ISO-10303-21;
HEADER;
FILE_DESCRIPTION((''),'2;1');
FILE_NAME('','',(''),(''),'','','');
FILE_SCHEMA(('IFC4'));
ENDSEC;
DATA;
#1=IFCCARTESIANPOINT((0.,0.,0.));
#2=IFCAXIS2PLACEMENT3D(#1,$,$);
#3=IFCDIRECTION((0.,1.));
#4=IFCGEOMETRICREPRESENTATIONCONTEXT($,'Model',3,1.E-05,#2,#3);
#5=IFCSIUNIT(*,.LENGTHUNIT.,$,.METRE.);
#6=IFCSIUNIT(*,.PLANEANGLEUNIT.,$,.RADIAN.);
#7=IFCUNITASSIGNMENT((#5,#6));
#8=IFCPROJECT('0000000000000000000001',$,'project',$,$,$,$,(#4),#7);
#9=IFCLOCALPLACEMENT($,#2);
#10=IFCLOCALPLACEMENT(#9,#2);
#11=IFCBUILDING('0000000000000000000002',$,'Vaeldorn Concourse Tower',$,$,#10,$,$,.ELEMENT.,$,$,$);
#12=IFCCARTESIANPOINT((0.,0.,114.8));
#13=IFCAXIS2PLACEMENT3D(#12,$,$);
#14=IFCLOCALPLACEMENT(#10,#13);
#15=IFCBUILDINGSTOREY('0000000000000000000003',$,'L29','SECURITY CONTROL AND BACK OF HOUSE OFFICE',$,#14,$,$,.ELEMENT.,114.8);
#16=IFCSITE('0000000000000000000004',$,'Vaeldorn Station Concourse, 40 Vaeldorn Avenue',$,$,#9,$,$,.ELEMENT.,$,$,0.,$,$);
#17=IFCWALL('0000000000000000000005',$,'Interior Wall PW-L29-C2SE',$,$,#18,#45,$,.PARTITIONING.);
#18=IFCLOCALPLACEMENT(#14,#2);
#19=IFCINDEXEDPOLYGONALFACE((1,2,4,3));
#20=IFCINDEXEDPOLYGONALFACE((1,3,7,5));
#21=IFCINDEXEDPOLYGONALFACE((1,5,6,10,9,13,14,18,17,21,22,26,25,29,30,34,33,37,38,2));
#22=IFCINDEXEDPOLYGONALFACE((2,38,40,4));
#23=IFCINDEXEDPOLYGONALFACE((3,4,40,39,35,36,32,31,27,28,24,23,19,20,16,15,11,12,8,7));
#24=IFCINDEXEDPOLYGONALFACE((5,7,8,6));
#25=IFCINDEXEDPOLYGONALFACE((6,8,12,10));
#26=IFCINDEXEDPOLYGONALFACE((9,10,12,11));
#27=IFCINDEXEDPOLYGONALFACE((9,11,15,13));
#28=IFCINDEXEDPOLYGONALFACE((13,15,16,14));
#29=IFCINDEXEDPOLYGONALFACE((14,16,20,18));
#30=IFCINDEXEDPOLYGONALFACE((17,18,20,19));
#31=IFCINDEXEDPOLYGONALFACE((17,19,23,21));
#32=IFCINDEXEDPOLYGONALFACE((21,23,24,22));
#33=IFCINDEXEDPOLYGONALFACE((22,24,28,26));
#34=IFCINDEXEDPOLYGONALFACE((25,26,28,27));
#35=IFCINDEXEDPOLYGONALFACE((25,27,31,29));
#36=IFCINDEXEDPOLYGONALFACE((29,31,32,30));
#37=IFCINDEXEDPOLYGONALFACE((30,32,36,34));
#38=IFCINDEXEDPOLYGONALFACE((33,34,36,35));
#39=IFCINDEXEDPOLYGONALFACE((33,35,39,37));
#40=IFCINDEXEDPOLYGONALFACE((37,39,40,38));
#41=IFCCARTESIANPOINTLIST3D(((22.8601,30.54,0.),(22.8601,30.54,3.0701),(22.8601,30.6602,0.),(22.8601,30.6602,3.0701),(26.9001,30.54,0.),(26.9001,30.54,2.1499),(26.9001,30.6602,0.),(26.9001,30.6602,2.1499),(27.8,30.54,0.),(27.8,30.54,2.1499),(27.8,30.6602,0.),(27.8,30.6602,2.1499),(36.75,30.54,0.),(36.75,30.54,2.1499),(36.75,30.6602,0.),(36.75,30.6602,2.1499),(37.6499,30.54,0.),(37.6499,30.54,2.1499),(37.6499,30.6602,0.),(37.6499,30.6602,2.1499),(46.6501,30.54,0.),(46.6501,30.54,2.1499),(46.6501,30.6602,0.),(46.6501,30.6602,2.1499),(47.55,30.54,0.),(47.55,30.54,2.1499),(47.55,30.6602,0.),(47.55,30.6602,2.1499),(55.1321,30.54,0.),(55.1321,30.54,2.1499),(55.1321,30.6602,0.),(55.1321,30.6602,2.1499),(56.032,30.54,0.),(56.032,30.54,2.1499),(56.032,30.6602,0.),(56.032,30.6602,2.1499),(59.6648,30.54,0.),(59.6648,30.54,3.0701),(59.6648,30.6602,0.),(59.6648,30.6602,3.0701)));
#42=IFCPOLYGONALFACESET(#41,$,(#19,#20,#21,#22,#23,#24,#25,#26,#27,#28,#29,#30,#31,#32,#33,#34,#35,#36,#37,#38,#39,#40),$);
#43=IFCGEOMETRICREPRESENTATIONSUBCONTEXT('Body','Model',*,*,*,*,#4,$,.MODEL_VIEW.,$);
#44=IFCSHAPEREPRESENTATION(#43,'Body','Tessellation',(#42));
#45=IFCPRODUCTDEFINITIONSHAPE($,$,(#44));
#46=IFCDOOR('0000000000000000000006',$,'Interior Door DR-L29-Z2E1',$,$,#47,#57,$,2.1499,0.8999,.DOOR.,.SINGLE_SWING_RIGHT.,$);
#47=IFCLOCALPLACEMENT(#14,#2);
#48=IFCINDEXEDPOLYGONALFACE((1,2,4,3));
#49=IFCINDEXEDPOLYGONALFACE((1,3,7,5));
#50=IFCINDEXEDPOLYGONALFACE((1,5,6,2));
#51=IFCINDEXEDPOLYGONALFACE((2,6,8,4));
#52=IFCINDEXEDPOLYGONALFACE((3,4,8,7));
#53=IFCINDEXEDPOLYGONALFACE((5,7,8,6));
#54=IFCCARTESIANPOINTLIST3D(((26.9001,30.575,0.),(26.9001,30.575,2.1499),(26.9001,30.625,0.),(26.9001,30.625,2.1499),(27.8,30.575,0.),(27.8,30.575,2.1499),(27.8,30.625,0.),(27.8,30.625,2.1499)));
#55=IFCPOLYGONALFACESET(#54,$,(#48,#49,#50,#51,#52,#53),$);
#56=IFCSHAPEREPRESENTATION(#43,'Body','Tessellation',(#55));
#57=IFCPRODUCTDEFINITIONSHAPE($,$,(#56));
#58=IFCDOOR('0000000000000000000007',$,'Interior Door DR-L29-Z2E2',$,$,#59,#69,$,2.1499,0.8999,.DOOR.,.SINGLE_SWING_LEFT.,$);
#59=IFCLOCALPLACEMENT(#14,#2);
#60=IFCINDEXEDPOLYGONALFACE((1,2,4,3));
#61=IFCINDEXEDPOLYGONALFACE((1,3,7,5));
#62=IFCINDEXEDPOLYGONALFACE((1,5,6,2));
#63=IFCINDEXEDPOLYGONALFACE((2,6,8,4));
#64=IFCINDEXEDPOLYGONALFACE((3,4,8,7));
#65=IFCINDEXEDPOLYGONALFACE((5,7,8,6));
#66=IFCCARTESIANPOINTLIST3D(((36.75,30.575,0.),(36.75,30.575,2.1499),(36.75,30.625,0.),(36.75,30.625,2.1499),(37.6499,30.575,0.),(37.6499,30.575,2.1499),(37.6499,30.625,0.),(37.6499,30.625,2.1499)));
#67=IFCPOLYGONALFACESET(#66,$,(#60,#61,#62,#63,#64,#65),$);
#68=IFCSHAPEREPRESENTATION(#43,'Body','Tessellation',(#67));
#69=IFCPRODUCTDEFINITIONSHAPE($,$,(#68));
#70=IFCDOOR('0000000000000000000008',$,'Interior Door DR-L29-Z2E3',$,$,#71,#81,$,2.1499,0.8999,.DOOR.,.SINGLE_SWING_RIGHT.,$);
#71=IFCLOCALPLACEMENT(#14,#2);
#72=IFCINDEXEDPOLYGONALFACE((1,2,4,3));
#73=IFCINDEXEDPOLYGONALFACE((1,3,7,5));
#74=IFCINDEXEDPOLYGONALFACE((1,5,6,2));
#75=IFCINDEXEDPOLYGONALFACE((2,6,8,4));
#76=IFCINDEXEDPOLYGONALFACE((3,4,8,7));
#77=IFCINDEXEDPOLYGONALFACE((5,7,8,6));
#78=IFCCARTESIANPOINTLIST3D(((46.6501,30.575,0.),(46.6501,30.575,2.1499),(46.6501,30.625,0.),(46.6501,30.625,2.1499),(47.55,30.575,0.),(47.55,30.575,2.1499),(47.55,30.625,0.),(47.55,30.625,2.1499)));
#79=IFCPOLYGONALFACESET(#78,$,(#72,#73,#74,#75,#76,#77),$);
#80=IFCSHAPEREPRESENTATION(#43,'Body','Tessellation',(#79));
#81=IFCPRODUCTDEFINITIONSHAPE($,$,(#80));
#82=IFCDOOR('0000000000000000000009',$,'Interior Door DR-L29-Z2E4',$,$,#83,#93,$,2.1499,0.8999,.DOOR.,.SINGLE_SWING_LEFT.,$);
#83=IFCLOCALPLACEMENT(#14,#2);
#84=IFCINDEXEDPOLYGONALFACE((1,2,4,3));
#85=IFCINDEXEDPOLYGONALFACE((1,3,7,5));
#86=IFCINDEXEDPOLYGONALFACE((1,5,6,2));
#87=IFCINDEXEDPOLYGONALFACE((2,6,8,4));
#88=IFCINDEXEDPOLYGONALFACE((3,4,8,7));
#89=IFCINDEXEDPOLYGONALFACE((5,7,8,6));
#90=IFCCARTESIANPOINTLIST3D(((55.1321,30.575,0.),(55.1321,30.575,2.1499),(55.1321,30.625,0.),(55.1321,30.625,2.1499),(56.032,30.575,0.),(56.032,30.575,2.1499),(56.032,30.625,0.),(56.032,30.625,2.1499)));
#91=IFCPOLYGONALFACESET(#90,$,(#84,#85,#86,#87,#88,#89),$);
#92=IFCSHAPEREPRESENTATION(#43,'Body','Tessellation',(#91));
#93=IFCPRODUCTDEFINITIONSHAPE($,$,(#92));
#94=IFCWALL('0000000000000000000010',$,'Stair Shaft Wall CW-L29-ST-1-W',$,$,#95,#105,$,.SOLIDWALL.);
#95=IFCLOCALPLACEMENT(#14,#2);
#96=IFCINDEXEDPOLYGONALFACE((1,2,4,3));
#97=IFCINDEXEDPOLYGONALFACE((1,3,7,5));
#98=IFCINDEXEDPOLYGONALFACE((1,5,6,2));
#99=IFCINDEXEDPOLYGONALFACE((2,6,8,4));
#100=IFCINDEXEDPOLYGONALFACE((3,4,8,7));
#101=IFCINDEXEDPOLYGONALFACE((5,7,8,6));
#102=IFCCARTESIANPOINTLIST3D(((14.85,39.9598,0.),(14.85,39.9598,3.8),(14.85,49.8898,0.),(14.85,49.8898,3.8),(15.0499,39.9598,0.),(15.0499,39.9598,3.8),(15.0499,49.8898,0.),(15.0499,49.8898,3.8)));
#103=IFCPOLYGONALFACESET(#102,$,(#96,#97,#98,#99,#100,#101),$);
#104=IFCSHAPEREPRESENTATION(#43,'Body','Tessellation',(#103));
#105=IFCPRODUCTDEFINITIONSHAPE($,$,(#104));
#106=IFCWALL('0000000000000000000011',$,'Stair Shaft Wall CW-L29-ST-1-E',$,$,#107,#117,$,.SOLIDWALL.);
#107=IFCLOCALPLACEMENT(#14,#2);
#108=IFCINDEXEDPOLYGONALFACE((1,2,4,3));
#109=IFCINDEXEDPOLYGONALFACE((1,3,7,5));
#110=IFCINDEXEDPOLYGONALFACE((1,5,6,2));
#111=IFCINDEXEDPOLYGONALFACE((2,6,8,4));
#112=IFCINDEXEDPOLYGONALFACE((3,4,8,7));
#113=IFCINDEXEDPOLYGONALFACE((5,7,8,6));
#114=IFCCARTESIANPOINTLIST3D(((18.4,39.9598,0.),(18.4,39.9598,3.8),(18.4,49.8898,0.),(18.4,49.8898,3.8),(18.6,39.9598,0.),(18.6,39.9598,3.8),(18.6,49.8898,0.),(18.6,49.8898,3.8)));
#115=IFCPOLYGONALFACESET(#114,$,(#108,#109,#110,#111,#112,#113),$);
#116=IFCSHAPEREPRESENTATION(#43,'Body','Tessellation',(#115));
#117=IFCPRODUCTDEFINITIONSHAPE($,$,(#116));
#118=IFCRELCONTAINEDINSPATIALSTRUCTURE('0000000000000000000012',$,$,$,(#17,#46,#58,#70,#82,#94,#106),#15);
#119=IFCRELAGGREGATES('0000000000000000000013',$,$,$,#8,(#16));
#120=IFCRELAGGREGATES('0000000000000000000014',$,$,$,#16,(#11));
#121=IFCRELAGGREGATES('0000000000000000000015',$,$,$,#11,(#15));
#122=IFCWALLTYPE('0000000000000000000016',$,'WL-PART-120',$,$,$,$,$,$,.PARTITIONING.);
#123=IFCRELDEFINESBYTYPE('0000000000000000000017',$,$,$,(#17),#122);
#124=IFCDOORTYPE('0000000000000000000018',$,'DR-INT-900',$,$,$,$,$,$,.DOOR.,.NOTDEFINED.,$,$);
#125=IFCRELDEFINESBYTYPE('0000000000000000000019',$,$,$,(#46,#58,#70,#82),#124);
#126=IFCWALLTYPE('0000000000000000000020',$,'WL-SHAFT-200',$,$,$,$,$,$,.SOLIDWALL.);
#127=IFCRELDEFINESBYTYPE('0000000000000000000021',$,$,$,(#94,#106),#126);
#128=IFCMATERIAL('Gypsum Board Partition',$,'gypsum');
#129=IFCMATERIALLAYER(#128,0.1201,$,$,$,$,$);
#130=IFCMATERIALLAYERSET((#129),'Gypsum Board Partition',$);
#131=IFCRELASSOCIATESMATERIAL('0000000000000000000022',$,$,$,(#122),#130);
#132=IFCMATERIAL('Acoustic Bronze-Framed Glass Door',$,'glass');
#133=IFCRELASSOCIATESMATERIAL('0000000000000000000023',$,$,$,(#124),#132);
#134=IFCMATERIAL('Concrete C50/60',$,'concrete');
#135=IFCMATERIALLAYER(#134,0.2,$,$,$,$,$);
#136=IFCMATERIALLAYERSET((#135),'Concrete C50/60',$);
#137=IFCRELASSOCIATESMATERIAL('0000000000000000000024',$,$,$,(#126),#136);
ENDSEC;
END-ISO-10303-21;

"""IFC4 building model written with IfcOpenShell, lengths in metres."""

from ifc_helpers import new_model, si_unit, direction, frame, frame_2d, origin, place, context, subcontext, project, spatial, rectangle, extrude, source, transform, mapped, material, layer, layer_set, type_object, element, fill, save


model = new_model("IFC4")

# Units and contexts
model_context = context("Model", 3, precision=1e-05, world=origin(), true_north=direction((0.0, 1.0)))
body_context = subcontext(model_context, "Body", "Model", "MODEL_VIEW")
ifc_project = project(units=[si_unit("LENGTHUNIT", "METRE"), si_unit("PLANEANGLEUNIT", "RADIAN")], contexts=[model_context])

# Site, building, storey
site_placement = place(None, origin())
site = spatial("IfcSite", under=ifc_project, at=site_placement, Name="Vaeldorn Station Concourse, 40 Vaeldorn Avenue", CompositionType="ELEMENT", RefElevation=0.0)
building_placement = place(site_placement, origin())
building = spatial("IfcBuilding", under=site, at=building_placement, Name="Vaeldorn Concourse Tower", CompositionType="ELEMENT")
storey_placement = place(building_placement, frame((0.0, 0.0, 114.8)))
storey = spatial("IfcBuildingStorey", under=building, at=storey_placement, Name="L29", Description="SECURITY CONTROL AND BACK OF HOUSE OFFICE", CompositionType="ELEMENT", Elevation=114.8)

# Wall, openings, doors
ifc_material_1 = material(Name="Gypsum Board Partition", Category="gypsum")
ifc_layer_1 = layer(ifc_material_1, 0.1201)
ifc_layer_set_1 = layer_set([ifc_layer_1], Name="Gypsum Board Partition")
wall_type_1 = type_object("IfcWallType", Name="WL-PART-120", PredefinedType="PARTITIONING", material=ifc_layer_set_1)
wall_1_placement = place(storey_placement, frame((22.8601, 30.6001, 0.0), z_axis=(0.0, 0.0, 1.0), x_axis=(1.0, 0.0, 0.0)))
wall_1 = element("IfcWall", 1, at=wall_1_placement, inside=storey, type_object=wall_type_1, Name="Interior Wall PW-L29-C2SE", PredefinedType="PARTITIONING", context=body_context, shape_type="SweptSolid", body=[
    extrude(rectangle(XDim=36.8047, YDim=0.1201, at=frame_2d((18.4023, 0.0))), origin(), (0.0, 0.0, 1.0), 3.0701),
])
opening_1_placement = place(wall_1_placement, frame((4.04, 0.0, 0.0)))
opening_1 = element("IfcOpeningElement", 2, at=opening_1_placement, cuts=wall_1, PredefinedType="OPENING", context=body_context, shape_type="SweptSolid", body=[
    extrude(rectangle(XDim=0.8999, YDim=2.1499, at=frame_2d((0.45, 1.075))), frame((0.0, 0.0701, 0.0), z_axis=(0.0, -1.0, 0.0), x_axis=(1.0, 0.0, 0.0)), (0.0, 0.0, 1.0), 0.1401),
])
opening_2_placement = place(wall_1_placement, frame((13.8899, 0.0, 0.0)))
opening_2 = element("IfcOpeningElement", 3, at=opening_2_placement, cuts=wall_1, PredefinedType="OPENING", context=body_context, shape_type="SweptSolid", body=[
    extrude(rectangle(XDim=0.8999, YDim=2.1499, at=frame_2d((0.45, 1.075))), frame((0.0, 0.0701, 0.0), z_axis=(0.0, -1.0, 0.0), x_axis=(1.0, 0.0, 0.0)), (0.0, 0.0, 1.0), 0.1401),
])
opening_3_placement = place(wall_1_placement, frame((23.79, 0.0, 0.0)))
opening_3 = element("IfcOpeningElement", 4, at=opening_3_placement, cuts=wall_1, PredefinedType="OPENING", context=body_context, shape_type="SweptSolid", body=[
    extrude(rectangle(XDim=0.8999, YDim=2.1499, at=frame_2d((0.45, 1.075))), frame((0.0, 0.0701, 0.0), z_axis=(0.0, -1.0, 0.0), x_axis=(1.0, 0.0, 0.0)), (0.0, 0.0, 1.0), 0.1401),
])
opening_4_placement = place(wall_1_placement, frame((32.272, 0.0, 0.0)))
opening_4 = element("IfcOpeningElement", 5, at=opening_4_placement, cuts=wall_1, PredefinedType="OPENING", context=body_context, shape_type="SweptSolid", body=[
    extrude(rectangle(XDim=0.8999, YDim=2.1499, at=frame_2d((0.45, 1.075))), frame((0.0, 0.0701, 0.0), z_axis=(0.0, -1.0, 0.0), x_axis=(1.0, 0.0, 0.0)), (0.0, 0.0, 1.0), 0.1401),
])
ifc_material_2 = material(Name="Acoustic Bronze-Framed Glass Door", Category="glass")
door_type_1 = type_object("IfcDoorType", Name="DR-INT-900", OperationType="NOTDEFINED", PredefinedType="DOOR", material=ifc_material_2)
shared_shape_1 = source(origin(), body_context, "Body", "SweptSolid", [
    extrude(rectangle(XDim=0.8999, YDim=2.1499, at=frame_2d((0.45, 1.075))), frame((0.0, 0.0249, 0.0), z_axis=(0.0, -1.0, 0.0), x_axis=(1.0, 0.0, 0.0)), (0.0, 0.0, 1.0), 0.05),
])
door_1_placement = place(opening_1_placement, origin())
door_1 = element("IfcDoor", 6, at=door_1_placement, inside=storey, type_object=door_type_1, Name="Interior Door DR-L29-Z2E1", OperationType="SINGLE_SWING_RIGHT", OverallHeight=2.1499, OverallWidth=0.8999, PredefinedType="DOOR", context=body_context, shape_type="MappedRepresentation", body=[
    mapped(shared_shape_1, transform((0.0, 0.0, 0.0), scale=1.0)),
])
fill(opening_1, door_1)
door_2_placement = place(opening_2_placement, origin())
door_2 = element("IfcDoor", 7, at=door_2_placement, inside=storey, type_object=door_type_1, Name="Interior Door DR-L29-Z2E2", OperationType="SINGLE_SWING_LEFT", OverallHeight=2.1499, OverallWidth=0.8999, PredefinedType="DOOR", context=body_context, shape_type="MappedRepresentation", body=[
    mapped(shared_shape_1, transform((0.0, 0.0, 0.0), scale=1.0)),
])
fill(opening_2, door_2)
door_3_placement = place(opening_3_placement, origin())
door_3 = element("IfcDoor", 8, at=door_3_placement, inside=storey, type_object=door_type_1, Name="Interior Door DR-L29-Z2E3", OperationType="SINGLE_SWING_RIGHT", OverallHeight=2.1499, OverallWidth=0.8999, PredefinedType="DOOR", context=body_context, shape_type="MappedRepresentation", body=[
    mapped(shared_shape_1, transform((0.0, 0.0, 0.0), scale=1.0)),
])
fill(opening_3, door_3)
door_4_placement = place(opening_4_placement, origin())
door_4 = element("IfcDoor", 9, at=door_4_placement, inside=storey, type_object=door_type_1, Name="Interior Door DR-L29-Z2E4", OperationType="SINGLE_SWING_LEFT", OverallHeight=2.1499, OverallWidth=0.8999, PredefinedType="DOOR", context=body_context, shape_type="MappedRepresentation", body=[
    mapped(shared_shape_1, transform((0.0, 0.0, 0.0), scale=1.0)),
])
fill(opening_4, door_4)

# Shared definitions
ifc_material_3 = material(Name="Concrete C50/60", Category="concrete")
ifc_layer_2 = layer(ifc_material_3, 0.2)
ifc_layer_set_2 = layer_set([ifc_layer_2], Name="Concrete C50/60")
wall_type_2 = type_object("IfcWallType", Name="WL-SHAFT-200", PredefinedType="SOLIDWALL", material=ifc_layer_set_2)

# Walls
for number, where, z_axis, x_axis, name in (
    (10, (14.95, 39.96, 0.0), (0.0, 0.0, 1.0), (0.0, 1.0, 0.0), "Stair Shaft Wall CW-L29-ST-1-W"),
    (11, (18.5, 39.96, 0.0), (0.0, 0.0, 1.0), (0.0, 1.0, 0.0), "Stair Shaft Wall CW-L29-ST-1-E"),
):
    element("IfcWall", number, at=place(storey_placement, frame(where, z_axis=z_axis, x_axis=x_axis)), inside=storey, type_object=wall_type_2, Name=name, PredefinedType="SOLIDWALL", context=body_context, shape_type="SweptSolid", body=[
        extrude(rectangle(XDim=9.9299, YDim=0.2, at=frame_2d((4.9648, 0.0))), origin(), (0.0, 0.0, 1.0), 3.8),
    ])

save(model, "model.ifc")
